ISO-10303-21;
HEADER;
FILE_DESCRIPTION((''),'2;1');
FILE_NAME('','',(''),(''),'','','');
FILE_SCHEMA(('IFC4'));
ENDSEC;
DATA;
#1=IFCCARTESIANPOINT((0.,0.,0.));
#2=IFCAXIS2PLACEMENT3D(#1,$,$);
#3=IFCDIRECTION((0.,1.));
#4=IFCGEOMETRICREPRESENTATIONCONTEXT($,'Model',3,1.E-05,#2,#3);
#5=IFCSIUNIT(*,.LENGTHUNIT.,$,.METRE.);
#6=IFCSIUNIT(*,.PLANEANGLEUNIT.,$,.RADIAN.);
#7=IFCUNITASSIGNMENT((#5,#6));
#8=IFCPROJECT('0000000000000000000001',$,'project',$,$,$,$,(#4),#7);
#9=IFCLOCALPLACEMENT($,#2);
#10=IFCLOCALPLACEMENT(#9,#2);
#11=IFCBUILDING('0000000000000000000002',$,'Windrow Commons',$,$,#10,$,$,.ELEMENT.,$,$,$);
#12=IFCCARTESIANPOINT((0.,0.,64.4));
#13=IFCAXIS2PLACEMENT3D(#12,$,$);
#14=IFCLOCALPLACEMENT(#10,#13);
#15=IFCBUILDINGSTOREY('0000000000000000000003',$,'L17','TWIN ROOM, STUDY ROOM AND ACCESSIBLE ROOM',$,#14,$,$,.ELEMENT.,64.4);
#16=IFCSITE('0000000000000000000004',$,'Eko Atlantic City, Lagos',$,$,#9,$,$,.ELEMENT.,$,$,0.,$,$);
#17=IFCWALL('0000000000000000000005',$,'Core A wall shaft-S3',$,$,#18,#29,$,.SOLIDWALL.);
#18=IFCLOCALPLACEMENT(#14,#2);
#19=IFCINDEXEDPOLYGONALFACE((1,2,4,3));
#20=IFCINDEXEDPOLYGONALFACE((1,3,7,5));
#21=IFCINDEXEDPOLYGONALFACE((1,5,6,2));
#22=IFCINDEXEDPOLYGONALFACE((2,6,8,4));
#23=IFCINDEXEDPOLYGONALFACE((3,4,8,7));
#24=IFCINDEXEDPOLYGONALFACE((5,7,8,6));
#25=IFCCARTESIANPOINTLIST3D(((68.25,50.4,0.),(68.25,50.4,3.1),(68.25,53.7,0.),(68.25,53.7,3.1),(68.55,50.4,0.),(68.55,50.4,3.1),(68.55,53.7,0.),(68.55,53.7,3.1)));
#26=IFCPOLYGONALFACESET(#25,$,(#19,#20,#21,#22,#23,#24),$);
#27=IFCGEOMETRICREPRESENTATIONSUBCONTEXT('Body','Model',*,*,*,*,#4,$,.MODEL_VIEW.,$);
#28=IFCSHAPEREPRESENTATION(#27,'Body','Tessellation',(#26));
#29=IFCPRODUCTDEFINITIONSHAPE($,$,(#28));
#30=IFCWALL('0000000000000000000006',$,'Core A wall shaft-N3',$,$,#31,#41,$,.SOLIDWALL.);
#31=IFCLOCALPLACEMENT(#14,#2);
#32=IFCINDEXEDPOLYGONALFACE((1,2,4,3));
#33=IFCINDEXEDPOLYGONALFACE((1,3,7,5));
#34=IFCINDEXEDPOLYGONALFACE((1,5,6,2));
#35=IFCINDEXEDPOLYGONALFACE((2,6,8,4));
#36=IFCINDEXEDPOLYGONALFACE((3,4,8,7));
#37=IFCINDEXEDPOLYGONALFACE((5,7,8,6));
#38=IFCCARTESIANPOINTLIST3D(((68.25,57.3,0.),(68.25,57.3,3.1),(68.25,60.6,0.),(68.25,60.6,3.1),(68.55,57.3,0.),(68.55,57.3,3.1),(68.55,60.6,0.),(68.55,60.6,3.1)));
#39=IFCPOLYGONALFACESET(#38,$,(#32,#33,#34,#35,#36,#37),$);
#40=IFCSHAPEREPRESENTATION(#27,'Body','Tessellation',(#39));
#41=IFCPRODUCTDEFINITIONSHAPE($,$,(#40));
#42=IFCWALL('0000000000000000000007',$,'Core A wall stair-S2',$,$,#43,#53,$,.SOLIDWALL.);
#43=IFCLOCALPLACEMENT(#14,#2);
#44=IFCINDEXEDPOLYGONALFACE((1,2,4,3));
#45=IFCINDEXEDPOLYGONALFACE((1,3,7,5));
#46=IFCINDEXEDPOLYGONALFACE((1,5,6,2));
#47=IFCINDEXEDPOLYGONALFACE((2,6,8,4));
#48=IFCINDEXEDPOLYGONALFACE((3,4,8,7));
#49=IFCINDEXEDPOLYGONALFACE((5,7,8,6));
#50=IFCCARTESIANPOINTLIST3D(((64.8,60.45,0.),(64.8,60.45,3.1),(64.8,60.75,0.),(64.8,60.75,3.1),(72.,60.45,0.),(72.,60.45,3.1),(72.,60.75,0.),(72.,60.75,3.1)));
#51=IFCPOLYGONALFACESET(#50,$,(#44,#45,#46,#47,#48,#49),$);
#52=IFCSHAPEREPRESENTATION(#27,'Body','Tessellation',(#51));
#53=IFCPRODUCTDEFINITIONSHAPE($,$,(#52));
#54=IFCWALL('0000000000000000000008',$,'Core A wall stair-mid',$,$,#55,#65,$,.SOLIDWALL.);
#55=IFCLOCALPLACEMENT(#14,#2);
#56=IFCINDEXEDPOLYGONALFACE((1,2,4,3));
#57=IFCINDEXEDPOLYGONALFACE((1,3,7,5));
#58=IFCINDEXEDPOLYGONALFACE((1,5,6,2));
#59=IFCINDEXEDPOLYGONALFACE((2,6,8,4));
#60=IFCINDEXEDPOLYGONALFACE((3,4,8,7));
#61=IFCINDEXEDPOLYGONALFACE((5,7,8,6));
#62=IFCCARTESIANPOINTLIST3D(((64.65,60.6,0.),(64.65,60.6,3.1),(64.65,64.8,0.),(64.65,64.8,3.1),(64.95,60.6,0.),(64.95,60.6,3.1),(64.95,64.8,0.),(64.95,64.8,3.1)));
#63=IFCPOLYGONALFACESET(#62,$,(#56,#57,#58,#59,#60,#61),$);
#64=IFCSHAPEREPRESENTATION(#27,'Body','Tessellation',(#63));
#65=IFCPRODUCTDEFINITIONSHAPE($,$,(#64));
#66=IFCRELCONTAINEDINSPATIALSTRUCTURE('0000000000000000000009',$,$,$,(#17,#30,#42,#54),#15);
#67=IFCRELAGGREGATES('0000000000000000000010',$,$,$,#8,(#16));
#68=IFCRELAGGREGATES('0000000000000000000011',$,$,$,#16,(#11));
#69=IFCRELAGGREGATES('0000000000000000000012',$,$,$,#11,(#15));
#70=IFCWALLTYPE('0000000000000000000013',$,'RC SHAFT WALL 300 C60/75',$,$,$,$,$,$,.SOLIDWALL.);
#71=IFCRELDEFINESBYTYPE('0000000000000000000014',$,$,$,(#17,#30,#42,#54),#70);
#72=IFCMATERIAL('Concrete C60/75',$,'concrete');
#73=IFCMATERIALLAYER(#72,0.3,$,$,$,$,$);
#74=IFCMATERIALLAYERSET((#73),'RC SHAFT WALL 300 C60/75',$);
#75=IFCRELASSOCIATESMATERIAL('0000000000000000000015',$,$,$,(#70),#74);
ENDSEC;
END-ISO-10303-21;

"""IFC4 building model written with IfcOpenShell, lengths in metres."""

from ifc_helpers import new_model, si_unit, direction, frame, frame_2d, origin, place, context, subcontext, project, spatial, rectangle, extrude, material, layer, layer_set, type_object, element, save


model = new_model("IFC4")

# Units and contexts
model_context = context("Model", 3, precision=1e-05, world=origin(), true_north=direction((0.0, 1.0)))
body_context = subcontext(model_context, "Body", "Model", "MODEL_VIEW")
ifc_project = project(units=[si_unit("LENGTHUNIT", "METRE"), si_unit("PLANEANGLEUNIT", "RADIAN")], contexts=[model_context])

# Site, building, storey
site_placement = place(None, origin())
site = spatial("IfcSite", under=ifc_project, at=site_placement, Name="Eko Atlantic City, Lagos", CompositionType="ELEMENT", RefElevation=0.0)
building_placement = place(site_placement, origin())
building = spatial("IfcBuilding", under=site, at=building_placement, Name="Windrow Commons", CompositionType="ELEMENT")
storey_placement = place(building_placement, frame((0.0, 0.0, 64.4)))
storey = spatial("IfcBuildingStorey", under=building, at=storey_placement, Name="L17", Description="TWIN ROOM, STUDY ROOM AND ACCESSIBLE ROOM", CompositionType="ELEMENT", Elevation=64.4)

# Walls
ifc_material_1 = material(Name="Concrete C60/75", Category="concrete")
ifc_layer_1 = layer(ifc_material_1, 0.3)
ifc_layer_set_1 = layer_set([ifc_layer_1], Name="RC SHAFT WALL 300 C60/75")
wall_type_1 = type_object("IfcWallType", Name="RC SHAFT WALL 300 C60/75", PredefinedType="SOLIDWALL", material=ifc_layer_set_1)
for number, where, z_axis, x_axis, name in (
    (1, (68.4, 50.4, 0.0), (0.0, 0.0, 1.0), (0.0, 1.0, 0.0), "Core A wall shaft-S3"),
    (2, (68.4, 57.3, 0.0), (0.0, 0.0, 1.0), (0.0, 1.0, 0.0), "Core A wall shaft-N3"),
):
    element("IfcWall", number, at=place(storey_placement, frame(where, z_axis=z_axis, x_axis=x_axis)), inside=storey, type_object=wall_type_1, Name=name, PredefinedType="SOLIDWALL", context=body_context, shape_type="SweptSolid", body=[
        extrude(rectangle(XDim=3.3, YDim=0.3, at=frame_2d((1.65, 0.0))), origin(), (0.0, 0.0, 1.0), 3.1),
    ])
wall_1_placement = place(storey_placement, frame((64.8, 60.6, 0.0), z_axis=(0.0, 0.0, 1.0), x_axis=(1.0, 0.0, 0.0)))
element("IfcWall", 3, at=wall_1_placement, inside=storey, type_object=wall_type_1, Name="Core A wall stair-S2", PredefinedType="SOLIDWALL", context=body_context, shape_type="SweptSolid", body=[
    extrude(rectangle(XDim=7.2, YDim=0.3, at=frame_2d((3.6, 0.0))), origin(), (0.0, 0.0, 1.0), 3.1),
])
wall_2_placement = place(storey_placement, frame((64.8, 60.6, 0.0), z_axis=(0.0, 0.0, 1.0), x_axis=(0.0, 1.0, 0.0)))
element("IfcWall", 4, at=wall_2_placement, inside=storey, type_object=wall_type_1, Name="Core A wall stair-mid", PredefinedType="SOLIDWALL", context=body_context, shape_type="SweptSolid", body=[
    extrude(rectangle(XDim=4.2, YDim=0.3, at=frame_2d((2.1, 0.0))), origin(), (0.0, 0.0, 1.0), 3.1),
])

save(model, "model.ifc")
